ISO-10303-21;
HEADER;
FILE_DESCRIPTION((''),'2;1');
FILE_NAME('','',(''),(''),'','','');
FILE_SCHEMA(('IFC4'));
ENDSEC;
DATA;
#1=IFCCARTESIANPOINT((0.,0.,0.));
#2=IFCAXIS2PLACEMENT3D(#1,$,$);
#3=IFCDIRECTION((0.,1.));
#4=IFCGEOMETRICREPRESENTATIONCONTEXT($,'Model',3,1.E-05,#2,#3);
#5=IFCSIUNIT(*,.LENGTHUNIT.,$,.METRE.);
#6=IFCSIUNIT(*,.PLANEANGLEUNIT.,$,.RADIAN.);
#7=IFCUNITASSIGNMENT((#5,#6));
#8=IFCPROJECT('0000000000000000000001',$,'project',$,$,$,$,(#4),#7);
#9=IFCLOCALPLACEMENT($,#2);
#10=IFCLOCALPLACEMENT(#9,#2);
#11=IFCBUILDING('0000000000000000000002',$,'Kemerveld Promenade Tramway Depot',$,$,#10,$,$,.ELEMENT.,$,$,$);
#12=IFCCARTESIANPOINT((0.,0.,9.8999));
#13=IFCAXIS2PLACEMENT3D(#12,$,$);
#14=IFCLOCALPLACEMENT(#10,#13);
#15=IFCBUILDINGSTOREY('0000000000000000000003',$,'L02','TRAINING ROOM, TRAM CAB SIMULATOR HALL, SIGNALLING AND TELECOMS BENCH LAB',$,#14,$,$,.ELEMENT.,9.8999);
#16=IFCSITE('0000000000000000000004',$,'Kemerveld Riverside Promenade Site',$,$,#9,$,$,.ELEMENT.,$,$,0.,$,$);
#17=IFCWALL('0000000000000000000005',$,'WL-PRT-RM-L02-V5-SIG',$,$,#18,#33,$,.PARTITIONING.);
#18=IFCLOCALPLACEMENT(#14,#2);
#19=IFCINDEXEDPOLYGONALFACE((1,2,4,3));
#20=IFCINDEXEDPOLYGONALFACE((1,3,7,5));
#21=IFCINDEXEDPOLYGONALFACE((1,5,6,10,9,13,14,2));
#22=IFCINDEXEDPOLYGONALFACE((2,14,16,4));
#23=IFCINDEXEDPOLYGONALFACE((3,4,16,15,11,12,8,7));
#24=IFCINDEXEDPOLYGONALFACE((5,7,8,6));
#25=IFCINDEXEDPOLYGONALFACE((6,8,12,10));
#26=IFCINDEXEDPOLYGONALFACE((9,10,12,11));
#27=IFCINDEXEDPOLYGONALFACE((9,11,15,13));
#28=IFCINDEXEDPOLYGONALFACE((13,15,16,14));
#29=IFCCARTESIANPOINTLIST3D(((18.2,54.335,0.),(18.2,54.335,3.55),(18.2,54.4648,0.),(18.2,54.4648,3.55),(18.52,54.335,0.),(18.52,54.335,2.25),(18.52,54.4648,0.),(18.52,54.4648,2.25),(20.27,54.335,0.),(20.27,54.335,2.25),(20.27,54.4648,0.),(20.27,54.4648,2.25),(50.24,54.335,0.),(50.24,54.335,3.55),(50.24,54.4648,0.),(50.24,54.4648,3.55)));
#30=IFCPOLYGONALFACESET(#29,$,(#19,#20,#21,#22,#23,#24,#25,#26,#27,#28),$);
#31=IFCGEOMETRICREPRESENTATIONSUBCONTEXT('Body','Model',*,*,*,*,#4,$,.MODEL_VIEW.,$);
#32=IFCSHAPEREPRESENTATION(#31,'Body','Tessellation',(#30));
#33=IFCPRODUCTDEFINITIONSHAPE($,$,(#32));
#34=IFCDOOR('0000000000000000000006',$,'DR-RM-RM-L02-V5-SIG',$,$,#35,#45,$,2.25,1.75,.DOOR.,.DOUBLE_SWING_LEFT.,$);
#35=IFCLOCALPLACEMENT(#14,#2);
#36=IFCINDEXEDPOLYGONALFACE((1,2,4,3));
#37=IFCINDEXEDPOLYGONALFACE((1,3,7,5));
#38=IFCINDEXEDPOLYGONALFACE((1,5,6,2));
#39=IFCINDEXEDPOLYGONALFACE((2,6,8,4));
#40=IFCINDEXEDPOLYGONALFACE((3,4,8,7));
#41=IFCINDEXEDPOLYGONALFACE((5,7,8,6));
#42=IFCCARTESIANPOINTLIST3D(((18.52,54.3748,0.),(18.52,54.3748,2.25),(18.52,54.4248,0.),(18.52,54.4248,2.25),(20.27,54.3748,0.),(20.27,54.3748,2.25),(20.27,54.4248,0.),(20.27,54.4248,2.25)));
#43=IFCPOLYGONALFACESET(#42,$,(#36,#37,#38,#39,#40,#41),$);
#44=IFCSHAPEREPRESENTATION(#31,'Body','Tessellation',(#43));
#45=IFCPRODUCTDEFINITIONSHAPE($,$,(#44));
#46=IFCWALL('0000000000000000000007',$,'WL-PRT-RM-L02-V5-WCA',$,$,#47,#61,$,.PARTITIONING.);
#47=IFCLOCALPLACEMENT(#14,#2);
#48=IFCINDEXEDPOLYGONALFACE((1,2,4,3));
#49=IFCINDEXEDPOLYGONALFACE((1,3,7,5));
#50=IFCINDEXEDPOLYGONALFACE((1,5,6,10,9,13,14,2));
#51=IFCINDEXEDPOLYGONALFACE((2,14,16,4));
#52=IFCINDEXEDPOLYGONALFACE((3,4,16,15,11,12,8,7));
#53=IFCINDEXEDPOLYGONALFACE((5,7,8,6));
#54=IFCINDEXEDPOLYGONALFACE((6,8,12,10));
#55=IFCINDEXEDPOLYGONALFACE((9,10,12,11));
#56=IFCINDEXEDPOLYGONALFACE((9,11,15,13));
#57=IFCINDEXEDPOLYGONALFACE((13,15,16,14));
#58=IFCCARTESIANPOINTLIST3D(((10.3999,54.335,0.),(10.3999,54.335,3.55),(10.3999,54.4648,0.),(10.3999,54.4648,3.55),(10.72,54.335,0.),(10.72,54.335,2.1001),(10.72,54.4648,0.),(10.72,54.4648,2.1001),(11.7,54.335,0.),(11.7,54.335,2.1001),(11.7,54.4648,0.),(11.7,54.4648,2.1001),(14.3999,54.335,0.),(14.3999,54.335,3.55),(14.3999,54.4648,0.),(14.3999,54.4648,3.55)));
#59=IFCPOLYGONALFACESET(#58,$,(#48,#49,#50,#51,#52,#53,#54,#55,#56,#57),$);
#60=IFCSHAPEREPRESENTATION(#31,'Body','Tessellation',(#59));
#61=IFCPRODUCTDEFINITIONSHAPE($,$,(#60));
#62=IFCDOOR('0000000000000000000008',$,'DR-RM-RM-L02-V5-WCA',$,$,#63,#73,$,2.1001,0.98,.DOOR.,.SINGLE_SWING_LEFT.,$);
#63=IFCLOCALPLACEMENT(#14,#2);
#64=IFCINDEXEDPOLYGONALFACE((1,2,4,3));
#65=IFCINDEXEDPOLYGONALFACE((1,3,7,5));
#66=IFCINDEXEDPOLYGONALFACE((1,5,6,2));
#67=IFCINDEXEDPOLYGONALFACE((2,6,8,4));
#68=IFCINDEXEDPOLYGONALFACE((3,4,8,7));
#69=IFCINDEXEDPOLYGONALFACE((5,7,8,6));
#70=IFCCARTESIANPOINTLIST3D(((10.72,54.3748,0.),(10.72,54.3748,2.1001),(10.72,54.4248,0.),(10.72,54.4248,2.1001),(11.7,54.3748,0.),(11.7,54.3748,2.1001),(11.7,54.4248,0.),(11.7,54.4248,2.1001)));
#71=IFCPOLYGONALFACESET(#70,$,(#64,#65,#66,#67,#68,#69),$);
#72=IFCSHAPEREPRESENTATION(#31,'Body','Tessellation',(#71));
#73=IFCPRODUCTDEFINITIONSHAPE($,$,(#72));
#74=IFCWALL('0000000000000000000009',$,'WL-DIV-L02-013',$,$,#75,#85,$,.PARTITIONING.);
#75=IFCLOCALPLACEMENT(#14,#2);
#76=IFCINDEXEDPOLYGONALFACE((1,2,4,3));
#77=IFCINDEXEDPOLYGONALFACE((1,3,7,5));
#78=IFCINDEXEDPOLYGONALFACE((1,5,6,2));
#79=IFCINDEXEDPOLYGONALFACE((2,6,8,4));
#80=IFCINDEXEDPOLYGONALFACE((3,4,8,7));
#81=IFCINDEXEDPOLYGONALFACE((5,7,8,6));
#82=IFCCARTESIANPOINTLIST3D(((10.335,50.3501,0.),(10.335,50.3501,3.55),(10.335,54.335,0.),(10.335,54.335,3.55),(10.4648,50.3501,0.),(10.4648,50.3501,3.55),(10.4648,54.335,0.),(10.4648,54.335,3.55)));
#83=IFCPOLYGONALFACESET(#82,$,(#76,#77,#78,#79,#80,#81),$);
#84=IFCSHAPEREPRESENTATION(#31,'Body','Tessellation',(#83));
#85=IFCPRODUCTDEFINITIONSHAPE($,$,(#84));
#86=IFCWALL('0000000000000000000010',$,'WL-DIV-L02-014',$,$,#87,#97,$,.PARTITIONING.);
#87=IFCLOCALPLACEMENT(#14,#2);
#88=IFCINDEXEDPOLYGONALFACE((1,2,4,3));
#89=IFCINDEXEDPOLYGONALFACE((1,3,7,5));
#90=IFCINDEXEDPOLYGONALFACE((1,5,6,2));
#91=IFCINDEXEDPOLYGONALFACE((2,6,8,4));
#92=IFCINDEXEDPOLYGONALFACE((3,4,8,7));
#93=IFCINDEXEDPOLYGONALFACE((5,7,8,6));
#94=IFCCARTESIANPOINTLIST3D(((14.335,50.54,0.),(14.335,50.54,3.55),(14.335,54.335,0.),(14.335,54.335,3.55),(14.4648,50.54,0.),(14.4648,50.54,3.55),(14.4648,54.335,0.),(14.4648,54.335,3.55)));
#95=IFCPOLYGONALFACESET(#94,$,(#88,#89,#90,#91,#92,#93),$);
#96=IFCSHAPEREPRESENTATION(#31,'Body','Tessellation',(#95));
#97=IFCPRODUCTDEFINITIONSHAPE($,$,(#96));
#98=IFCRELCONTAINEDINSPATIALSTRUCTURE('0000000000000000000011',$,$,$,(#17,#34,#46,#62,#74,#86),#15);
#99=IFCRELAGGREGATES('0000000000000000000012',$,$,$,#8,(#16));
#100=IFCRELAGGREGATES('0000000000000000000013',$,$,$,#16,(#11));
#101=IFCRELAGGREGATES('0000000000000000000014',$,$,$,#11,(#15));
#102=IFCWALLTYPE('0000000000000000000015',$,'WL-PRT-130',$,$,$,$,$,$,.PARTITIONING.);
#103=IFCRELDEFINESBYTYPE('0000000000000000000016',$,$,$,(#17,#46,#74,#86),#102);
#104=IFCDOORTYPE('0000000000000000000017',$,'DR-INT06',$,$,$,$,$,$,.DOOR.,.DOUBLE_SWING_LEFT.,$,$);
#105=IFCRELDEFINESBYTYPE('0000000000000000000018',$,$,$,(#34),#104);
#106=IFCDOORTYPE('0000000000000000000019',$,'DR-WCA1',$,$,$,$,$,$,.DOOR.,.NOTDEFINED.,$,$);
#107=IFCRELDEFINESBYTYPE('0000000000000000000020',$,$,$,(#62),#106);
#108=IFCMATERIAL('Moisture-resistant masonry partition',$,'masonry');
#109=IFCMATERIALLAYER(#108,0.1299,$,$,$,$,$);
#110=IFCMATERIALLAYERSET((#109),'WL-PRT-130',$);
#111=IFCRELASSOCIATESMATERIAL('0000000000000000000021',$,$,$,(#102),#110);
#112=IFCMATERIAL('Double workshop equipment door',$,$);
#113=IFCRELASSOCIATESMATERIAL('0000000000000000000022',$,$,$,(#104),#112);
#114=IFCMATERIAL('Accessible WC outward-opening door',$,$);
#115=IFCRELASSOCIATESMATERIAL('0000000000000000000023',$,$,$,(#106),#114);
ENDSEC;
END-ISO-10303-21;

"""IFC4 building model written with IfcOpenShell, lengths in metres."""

from ifc_helpers import new_model, si_unit, direction, frame, frame_2d, origin, place, context, subcontext, project, spatial, rectangle, extrude, material, layer, layer_set, type_object, element, fill, save


model = new_model("IFC4")

# Units and contexts
model_context = context("Model", 3, precision=1e-05, world=origin(), true_north=direction((0.0, 1.0)))
body_context = subcontext(model_context, "Body", "Model", "MODEL_VIEW")
ifc_project = project(units=[si_unit("LENGTHUNIT", "METRE"), si_unit("PLANEANGLEUNIT", "RADIAN")], contexts=[model_context])

# Site, building, storey
site_placement = place(None, origin())
site = spatial("IfcSite", under=ifc_project, at=site_placement, Name="Kemerveld Riverside Promenade Site", CompositionType="ELEMENT", RefElevation=0.0)
building_placement = place(site_placement, origin())
building = spatial("IfcBuilding", under=site, at=building_placement, Name="Kemerveld Promenade Tramway Depot", CompositionType="ELEMENT")
storey_placement = place(building_placement, frame((0.0, 0.0, 9.8999)))
storey = spatial("IfcBuildingStorey", under=building, at=storey_placement, Name="L02", Description="TRAINING ROOM, TRAM CAB SIMULATOR HALL, SIGNALLING AND TELECOMS BENCH LAB", CompositionType="ELEMENT", Elevation=9.8999)

# Walls, openings, doors
ifc_material_1 = material(Name="Moisture-resistant masonry partition", Category="masonry")
ifc_layer_1 = layer(ifc_material_1, 0.1299)
ifc_layer_set_1 = layer_set([ifc_layer_1], Name="WL-PRT-130")
wall_type_1 = type_object("IfcWallType", Name="WL-PRT-130", PredefinedType="PARTITIONING", material=ifc_layer_set_1)
wall_1_placement = place(storey_placement, frame((18.2, 54.3999, 0.0), z_axis=(0.0, 0.0, 1.0), x_axis=(1.0, 0.0, 0.0)))
wall_1 = element("IfcWall", 1, at=wall_1_placement, inside=storey, type_object=wall_type_1, Name="WL-PRT-RM-L02-V5-SIG", PredefinedType="PARTITIONING", context=body_context, shape_type="SweptSolid", body=[
    extrude(rectangle(XDim=32.04, YDim=0.1299, at=frame_2d((16.02, 0.0))), origin(), (0.0, 0.0, 1.0), 3.55),
])
opening_1_placement = place(wall_1_placement, frame((0.3201, 0.0, 0.0)))
opening_1 = element("IfcOpeningElement", 2, at=opening_1_placement, cuts=wall_1, PredefinedType="OPENING", context=body_context, shape_type="SweptSolid", body=[
    extrude(rectangle(XDim=1.75, YDim=2.25, at=frame_2d((0.875, 1.125))), frame((0.0, 0.075, 0.0), z_axis=(0.0, -1.0, 0.0), x_axis=(1.0, 0.0, 0.0)), (0.0, 0.0, 1.0), 0.1499),
])
ifc_material_2 = material(Name="Double workshop equipment door")
door_type_1 = type_object("IfcDoorType", Name="DR-INT06", OperationType="DOUBLE_SWING_LEFT", PredefinedType="DOOR", material=ifc_material_2)
door_1_placement = place(opening_1_placement, origin())
door_1 = element("IfcDoor", 3, at=door_1_placement, inside=storey, type_object=door_type_1, Name="DR-RM-RM-L02-V5-SIG", OperationType="DOUBLE_SWING_LEFT", OverallHeight=2.25, OverallWidth=1.75, PredefinedType="DOOR", context=body_context, shape_type="SweptSolid", body=[
    extrude(rectangle(XDim=1.75, YDim=2.25, at=frame_2d((0.875, 1.125))), frame((0.0, 0.0249, 0.0), z_axis=(0.0, -1.0, 0.0), x_axis=(1.0, 0.0, 0.0)), (0.0, 0.0, 1.0), 0.05),
])
fill(opening_1, door_1)
wall_2_placement = place(storey_placement, frame((10.3999, 54.3999, 0.0), z_axis=(0.0, 0.0, 1.0), x_axis=(1.0, 0.0, 0.0)))
wall_2 = element("IfcWall", 4, at=wall_2_placement, inside=storey, type_object=wall_type_1, Name="WL-PRT-RM-L02-V5-WCA", PredefinedType="PARTITIONING", context=body_context, shape_type="SweptSolid", body=[
    extrude(rectangle(XDim=4.0, YDim=0.1299, at=frame_2d((2.0, 0.0))), origin(), (0.0, 0.0, 1.0), 3.55),
])
opening_2_placement = place(wall_2_placement, frame((0.3201, 0.0, 0.0)))
opening_2 = element("IfcOpeningElement", 5, at=opening_2_placement, cuts=wall_2, PredefinedType="OPENING", context=body_context, shape_type="SweptSolid", body=[
    extrude(rectangle(XDim=0.98, YDim=2.1001, at=frame_2d((0.49, 1.05))), frame((0.0, 0.075, 0.0), z_axis=(0.0, -1.0, 0.0), x_axis=(1.0, 0.0, 0.0)), (0.0, 0.0, 1.0), 0.1499),
])
ifc_material_3 = material(Name="Accessible WC outward-opening door")
door_type_2 = type_object("IfcDoorType", Name="DR-WCA1", OperationType="NOTDEFINED", PredefinedType="DOOR", material=ifc_material_3)
door_2_placement = place(opening_2_placement, origin())
door_2 = element("IfcDoor", 6, at=door_2_placement, inside=storey, type_object=door_type_2, Name="DR-RM-RM-L02-V5-WCA", OperationType="SINGLE_SWING_LEFT", OverallHeight=2.1001, OverallWidth=0.98, PredefinedType="DOOR", context=body_context, shape_type="SweptSolid", body=[
    extrude(rectangle(XDim=0.98, YDim=2.1001, at=frame_2d((0.49, 1.05))), frame((0.0, 0.0249, 0.0), z_axis=(0.0, -1.0, 0.0), x_axis=(1.0, 0.0, 0.0)), (0.0, 0.0, 1.0), 0.05),
])
fill(opening_2, door_2)

# Walls
wall_3_placement = place(storey_placement, frame((10.3999, 50.3501, 0.0), z_axis=(0.0, 0.0, 1.0), x_axis=(0.0, 1.0, 0.0)))
element("IfcWall", 7, at=wall_3_placement, inside=storey, type_object=wall_type_1, Name="WL-DIV-L02-013", PredefinedType="PARTITIONING", context=body_context, shape_type="SweptSolid", body=[
    extrude(rectangle(XDim=3.9849, YDim=0.1299, at=frame_2d((1.9924, 0.0))), origin(), (0.0, 0.0, 1.0), 3.55),
])
wall_4_placement = place(storey_placement, frame((14.3999, 50.54, 0.0), z_axis=(0.0, 0.0, 1.0), x_axis=(0.0, 1.0, 0.0)))
element("IfcWall", 8, at=wall_4_placement, inside=storey, type_object=wall_type_1, Name="WL-DIV-L02-014", PredefinedType="PARTITIONING", context=body_context, shape_type="SweptSolid", body=[
    extrude(rectangle(XDim=3.7949, YDim=0.1299, at=frame_2d((1.8975, 0.0))), origin(), (0.0, 0.0, 1.0), 3.55),
])

save(model, "model.ifc")
